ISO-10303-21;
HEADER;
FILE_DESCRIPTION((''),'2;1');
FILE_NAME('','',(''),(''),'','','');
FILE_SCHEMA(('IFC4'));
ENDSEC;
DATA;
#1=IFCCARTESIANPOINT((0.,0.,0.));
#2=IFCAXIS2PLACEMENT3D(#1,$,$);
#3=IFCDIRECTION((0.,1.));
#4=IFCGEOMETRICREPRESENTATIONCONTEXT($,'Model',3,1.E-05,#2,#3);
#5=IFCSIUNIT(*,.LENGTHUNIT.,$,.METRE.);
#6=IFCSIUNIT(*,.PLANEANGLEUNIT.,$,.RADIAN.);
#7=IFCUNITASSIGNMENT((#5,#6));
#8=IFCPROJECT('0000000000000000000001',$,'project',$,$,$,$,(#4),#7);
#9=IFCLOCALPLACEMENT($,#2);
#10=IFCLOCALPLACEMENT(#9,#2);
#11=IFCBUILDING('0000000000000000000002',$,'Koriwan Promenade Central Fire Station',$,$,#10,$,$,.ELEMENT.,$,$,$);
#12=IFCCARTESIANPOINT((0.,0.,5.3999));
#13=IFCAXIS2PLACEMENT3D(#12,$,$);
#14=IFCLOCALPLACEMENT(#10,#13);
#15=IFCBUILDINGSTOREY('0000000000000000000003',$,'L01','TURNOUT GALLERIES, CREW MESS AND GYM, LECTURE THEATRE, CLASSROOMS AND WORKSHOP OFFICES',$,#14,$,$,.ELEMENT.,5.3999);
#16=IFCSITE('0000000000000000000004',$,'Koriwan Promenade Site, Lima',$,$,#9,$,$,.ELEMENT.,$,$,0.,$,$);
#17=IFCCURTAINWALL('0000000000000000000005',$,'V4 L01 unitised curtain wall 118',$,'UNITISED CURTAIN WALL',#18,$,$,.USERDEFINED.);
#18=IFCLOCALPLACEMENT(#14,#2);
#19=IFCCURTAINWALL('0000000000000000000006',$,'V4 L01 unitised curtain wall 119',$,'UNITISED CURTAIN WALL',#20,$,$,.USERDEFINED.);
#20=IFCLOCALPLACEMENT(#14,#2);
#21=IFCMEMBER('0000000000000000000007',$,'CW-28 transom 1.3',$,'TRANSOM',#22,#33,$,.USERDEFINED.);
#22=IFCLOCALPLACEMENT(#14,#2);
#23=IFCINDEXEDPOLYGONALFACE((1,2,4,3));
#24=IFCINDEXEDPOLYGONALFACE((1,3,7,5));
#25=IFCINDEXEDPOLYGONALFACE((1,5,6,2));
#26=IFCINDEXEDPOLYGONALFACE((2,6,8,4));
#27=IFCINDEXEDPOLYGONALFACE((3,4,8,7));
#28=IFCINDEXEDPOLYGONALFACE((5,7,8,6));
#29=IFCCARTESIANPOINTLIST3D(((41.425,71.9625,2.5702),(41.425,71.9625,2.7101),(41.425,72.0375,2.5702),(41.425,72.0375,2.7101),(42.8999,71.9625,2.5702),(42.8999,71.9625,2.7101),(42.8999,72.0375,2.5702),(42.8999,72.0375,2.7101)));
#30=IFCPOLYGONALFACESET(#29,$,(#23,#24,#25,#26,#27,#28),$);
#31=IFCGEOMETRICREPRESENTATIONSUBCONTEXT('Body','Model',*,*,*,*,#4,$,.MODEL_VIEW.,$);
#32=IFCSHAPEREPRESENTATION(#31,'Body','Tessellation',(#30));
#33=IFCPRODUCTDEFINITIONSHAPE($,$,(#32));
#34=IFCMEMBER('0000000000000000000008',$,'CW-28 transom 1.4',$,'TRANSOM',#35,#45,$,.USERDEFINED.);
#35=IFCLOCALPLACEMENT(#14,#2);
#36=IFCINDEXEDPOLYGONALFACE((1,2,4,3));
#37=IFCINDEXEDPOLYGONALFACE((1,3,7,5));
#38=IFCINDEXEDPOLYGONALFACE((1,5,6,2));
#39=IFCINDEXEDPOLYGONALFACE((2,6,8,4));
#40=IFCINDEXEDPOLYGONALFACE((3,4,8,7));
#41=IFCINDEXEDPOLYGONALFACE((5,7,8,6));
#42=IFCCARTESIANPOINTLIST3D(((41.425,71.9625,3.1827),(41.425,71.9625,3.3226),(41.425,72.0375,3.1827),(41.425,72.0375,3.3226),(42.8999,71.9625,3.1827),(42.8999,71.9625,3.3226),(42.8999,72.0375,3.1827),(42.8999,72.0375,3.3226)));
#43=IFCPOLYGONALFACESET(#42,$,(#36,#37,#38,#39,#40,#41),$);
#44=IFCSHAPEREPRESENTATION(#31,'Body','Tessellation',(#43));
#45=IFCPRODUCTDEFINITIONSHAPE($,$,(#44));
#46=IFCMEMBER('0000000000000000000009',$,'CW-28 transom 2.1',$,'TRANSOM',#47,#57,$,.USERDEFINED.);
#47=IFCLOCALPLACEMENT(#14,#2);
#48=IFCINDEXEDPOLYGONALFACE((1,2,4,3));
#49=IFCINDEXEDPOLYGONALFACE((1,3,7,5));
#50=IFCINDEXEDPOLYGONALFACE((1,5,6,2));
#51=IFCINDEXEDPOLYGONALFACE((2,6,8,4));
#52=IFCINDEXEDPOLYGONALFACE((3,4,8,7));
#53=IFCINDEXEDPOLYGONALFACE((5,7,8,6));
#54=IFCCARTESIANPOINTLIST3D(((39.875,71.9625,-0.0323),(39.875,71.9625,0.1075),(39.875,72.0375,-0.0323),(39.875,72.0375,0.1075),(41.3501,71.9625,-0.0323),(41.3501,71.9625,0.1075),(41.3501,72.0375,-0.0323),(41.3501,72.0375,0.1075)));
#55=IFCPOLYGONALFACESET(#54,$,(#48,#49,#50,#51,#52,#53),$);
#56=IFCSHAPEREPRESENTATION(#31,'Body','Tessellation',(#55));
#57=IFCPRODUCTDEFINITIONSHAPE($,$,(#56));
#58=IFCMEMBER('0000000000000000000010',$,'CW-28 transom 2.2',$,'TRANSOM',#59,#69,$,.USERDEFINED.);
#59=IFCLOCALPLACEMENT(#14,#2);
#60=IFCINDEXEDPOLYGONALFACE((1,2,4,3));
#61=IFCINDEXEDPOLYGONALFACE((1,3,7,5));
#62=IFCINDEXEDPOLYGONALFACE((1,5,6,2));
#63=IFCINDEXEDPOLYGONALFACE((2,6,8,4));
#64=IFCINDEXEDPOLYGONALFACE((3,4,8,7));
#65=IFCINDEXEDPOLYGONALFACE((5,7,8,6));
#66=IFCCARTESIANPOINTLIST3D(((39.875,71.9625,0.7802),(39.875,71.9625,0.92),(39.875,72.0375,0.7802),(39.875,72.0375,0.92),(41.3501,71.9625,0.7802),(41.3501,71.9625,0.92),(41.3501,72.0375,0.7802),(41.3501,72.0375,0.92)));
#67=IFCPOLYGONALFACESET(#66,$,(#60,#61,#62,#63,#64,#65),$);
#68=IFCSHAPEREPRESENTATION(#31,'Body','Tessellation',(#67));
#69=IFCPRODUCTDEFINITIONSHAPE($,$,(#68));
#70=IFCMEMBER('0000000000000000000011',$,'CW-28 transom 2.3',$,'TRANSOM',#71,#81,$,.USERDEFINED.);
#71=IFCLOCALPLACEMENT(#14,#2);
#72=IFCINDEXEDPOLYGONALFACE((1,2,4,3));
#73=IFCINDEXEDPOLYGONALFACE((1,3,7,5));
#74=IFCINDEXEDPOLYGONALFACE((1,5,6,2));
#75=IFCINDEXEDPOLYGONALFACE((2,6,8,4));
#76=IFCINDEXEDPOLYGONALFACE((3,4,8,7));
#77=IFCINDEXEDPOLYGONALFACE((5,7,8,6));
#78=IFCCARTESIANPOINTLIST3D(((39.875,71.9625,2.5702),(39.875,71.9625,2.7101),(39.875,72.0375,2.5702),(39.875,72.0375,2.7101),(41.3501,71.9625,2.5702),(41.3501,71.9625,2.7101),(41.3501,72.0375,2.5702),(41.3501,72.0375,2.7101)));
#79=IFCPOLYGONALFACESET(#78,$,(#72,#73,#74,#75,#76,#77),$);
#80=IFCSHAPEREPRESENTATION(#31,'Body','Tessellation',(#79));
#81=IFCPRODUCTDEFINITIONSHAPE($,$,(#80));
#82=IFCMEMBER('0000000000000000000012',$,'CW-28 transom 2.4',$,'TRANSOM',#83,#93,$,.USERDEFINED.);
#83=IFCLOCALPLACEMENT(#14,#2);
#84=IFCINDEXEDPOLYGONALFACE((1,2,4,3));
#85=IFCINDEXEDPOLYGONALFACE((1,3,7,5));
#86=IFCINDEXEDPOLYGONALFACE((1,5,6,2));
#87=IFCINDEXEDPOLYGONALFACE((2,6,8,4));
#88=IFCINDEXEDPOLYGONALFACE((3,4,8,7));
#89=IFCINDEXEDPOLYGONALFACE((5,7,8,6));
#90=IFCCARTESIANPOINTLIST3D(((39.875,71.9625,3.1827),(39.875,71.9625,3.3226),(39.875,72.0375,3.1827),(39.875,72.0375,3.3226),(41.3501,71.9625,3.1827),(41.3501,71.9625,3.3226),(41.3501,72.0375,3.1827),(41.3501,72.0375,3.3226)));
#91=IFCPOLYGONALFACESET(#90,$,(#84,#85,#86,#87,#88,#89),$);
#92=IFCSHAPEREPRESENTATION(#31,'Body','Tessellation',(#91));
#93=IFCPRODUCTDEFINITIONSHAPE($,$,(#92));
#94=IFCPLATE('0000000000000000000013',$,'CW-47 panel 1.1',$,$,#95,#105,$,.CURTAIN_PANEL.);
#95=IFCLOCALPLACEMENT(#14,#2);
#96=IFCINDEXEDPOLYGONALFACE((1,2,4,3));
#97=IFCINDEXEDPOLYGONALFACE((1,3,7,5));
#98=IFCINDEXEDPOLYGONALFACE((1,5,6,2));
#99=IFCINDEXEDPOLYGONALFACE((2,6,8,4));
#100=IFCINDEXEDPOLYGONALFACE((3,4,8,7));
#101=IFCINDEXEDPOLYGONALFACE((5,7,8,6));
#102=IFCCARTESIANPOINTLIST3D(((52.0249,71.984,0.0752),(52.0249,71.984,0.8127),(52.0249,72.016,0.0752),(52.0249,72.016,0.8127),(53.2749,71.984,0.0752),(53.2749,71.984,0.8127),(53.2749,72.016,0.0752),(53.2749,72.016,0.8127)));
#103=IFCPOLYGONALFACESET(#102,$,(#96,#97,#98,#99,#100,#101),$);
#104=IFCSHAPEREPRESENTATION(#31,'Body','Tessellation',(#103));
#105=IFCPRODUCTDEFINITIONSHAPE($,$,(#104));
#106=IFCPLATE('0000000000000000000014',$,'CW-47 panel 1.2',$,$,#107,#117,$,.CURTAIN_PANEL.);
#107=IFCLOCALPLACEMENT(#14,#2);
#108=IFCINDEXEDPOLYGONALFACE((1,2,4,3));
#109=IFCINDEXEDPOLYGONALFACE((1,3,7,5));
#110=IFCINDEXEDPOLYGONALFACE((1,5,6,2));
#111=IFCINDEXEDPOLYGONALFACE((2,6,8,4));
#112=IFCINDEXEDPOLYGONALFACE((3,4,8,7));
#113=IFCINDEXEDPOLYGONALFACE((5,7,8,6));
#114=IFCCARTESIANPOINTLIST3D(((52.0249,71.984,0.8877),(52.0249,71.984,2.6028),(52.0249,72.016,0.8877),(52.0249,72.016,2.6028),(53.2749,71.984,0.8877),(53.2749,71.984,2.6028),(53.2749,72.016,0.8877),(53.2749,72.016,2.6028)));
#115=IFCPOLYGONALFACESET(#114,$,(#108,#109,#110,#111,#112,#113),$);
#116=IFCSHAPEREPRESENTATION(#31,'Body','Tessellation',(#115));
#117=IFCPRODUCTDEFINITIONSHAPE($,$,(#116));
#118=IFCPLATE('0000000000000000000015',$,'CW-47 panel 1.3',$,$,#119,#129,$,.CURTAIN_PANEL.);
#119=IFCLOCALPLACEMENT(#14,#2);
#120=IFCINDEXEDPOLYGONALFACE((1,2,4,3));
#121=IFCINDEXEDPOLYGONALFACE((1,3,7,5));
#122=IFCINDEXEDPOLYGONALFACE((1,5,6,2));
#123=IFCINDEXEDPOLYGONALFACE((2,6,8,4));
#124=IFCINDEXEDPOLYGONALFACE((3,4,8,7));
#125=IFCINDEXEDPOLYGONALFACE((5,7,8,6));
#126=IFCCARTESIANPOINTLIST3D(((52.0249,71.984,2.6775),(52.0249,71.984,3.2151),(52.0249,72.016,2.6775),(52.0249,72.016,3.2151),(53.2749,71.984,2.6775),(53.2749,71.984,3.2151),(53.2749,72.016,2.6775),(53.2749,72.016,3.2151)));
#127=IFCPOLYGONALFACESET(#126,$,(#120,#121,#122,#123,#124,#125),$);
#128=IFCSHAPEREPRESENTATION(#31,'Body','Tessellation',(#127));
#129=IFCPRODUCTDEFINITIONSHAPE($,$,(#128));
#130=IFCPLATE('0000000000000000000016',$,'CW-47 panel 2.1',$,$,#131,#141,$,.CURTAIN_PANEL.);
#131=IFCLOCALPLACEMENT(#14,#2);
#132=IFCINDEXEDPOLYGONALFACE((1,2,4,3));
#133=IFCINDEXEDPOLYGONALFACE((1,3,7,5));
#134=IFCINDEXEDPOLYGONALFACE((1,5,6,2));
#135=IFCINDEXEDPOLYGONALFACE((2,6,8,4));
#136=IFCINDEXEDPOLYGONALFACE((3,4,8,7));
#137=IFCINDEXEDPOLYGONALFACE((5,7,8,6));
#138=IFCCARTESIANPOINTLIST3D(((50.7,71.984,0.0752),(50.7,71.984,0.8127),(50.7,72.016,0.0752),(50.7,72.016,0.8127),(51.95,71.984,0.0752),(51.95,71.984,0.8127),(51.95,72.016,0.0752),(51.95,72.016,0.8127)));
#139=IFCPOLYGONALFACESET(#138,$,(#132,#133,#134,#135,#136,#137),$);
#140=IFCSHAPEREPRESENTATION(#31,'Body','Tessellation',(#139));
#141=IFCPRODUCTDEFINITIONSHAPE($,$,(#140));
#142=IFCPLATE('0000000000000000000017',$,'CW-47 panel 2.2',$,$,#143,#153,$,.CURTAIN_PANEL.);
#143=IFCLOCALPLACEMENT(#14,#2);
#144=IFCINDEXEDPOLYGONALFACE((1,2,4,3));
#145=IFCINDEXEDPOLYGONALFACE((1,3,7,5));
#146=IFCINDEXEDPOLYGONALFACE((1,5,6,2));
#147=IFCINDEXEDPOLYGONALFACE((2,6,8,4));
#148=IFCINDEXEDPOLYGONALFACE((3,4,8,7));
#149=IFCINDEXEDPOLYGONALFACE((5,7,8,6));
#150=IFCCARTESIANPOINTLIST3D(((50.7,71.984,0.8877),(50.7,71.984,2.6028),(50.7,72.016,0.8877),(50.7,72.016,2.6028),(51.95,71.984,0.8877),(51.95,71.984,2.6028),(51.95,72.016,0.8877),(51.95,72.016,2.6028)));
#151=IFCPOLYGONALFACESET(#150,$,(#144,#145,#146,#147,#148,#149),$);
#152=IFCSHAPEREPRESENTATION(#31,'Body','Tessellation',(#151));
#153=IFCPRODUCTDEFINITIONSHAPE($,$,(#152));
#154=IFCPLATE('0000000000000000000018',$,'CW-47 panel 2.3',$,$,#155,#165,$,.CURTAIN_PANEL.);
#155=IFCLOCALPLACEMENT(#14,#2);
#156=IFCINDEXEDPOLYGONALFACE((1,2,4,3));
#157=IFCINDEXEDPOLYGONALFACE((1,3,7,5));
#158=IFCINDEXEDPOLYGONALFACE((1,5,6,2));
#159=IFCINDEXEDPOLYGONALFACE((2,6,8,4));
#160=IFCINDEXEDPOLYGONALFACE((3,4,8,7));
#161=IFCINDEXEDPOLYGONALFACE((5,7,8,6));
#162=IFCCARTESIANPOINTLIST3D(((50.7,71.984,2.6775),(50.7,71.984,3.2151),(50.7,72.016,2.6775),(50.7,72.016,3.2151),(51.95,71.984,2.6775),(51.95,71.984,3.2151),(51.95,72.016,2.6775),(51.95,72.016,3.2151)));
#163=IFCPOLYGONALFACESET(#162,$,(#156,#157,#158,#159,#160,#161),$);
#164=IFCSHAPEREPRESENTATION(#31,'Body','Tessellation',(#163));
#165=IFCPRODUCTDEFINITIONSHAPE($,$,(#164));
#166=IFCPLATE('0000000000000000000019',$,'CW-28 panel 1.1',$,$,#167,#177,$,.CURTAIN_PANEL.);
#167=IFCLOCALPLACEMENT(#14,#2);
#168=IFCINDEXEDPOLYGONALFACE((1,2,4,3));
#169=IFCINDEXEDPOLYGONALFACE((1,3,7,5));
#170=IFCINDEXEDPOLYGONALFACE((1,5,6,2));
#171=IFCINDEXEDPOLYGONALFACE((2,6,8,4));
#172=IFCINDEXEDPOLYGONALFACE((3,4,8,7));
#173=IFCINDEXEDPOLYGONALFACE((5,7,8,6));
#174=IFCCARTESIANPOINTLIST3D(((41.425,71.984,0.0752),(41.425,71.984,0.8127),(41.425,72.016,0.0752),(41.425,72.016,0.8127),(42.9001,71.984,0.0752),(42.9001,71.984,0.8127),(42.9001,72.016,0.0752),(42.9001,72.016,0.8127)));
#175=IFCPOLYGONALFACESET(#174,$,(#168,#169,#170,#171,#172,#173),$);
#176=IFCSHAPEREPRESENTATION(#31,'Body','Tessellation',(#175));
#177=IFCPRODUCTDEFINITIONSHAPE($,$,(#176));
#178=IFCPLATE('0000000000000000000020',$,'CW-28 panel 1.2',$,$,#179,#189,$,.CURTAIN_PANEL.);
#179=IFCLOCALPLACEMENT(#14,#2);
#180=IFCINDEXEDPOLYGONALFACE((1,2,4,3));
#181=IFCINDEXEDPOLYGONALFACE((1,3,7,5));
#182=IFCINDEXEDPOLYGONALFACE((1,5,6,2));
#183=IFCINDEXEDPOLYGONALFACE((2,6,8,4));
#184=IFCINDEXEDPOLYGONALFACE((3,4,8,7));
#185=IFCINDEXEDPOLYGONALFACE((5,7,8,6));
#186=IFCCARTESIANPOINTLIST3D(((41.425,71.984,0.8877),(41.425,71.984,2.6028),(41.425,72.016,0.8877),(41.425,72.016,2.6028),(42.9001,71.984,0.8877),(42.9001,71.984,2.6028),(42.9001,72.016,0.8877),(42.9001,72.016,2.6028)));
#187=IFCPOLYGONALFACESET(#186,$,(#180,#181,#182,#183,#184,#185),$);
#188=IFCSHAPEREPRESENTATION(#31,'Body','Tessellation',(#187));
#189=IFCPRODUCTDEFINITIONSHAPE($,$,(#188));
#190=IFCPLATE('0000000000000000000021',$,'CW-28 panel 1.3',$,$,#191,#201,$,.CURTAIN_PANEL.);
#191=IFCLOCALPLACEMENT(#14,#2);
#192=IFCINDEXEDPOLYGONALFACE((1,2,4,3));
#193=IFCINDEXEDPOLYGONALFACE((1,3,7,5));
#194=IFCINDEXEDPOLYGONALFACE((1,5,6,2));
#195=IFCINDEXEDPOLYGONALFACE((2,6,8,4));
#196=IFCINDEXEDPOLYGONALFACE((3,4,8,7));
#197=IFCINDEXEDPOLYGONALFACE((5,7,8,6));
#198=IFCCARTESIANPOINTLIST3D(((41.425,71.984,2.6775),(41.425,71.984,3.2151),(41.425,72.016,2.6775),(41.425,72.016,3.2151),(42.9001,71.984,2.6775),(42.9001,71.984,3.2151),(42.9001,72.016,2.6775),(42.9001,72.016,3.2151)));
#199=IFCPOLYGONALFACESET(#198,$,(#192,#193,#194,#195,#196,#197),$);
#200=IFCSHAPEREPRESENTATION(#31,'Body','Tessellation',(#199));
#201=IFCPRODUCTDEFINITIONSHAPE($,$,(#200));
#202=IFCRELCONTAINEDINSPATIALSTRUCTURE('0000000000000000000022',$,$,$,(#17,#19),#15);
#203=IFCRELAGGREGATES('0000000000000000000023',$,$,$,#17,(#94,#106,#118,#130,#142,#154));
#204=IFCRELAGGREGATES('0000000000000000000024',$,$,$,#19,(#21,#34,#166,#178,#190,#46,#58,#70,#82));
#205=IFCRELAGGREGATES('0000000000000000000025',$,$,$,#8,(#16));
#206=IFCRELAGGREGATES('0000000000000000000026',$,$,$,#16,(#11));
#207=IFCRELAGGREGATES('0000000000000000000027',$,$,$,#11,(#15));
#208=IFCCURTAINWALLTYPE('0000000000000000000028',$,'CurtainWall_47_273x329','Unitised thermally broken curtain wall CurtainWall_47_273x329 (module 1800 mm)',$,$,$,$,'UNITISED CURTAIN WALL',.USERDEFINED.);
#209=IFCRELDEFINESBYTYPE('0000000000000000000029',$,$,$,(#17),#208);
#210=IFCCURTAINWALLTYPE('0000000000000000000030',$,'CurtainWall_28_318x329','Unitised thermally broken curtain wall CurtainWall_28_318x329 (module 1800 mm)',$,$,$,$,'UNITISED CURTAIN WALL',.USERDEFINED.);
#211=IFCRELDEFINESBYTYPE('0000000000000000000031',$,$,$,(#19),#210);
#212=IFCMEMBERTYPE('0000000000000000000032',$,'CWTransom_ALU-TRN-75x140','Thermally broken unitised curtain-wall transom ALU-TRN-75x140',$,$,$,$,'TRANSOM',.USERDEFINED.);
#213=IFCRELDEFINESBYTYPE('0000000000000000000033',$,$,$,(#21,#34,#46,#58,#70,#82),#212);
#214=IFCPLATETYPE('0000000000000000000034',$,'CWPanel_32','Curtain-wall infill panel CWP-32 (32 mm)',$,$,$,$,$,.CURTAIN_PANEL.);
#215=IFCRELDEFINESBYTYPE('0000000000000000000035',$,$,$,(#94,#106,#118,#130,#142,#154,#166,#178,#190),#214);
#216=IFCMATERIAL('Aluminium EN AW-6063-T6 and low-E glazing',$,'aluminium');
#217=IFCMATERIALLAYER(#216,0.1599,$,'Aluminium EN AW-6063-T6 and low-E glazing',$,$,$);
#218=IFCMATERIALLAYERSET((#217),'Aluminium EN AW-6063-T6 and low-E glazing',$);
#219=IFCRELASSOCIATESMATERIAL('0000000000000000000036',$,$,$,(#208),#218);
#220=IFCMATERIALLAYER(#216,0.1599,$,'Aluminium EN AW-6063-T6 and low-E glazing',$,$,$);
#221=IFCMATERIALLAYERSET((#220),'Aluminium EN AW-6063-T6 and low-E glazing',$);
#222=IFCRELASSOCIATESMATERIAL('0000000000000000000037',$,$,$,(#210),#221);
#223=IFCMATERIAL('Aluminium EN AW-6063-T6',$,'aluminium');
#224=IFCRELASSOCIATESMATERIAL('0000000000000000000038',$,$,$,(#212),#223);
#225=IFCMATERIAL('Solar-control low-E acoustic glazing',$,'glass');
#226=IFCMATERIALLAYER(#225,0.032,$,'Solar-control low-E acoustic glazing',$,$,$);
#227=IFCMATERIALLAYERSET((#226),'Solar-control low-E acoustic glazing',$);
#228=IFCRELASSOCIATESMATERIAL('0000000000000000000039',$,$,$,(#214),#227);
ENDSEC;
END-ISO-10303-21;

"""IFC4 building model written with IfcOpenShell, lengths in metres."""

from ifc_helpers import new_model, si_unit, direction, frame, origin, origin_2d, place, context, subcontext, project, spatial, rectangle, extrude, material, layer, layer_set, material_profile, profile_set, type_object, element, aggregate, save


model = new_model("IFC4")

# Units and contexts
model_context = context("Model", 3, precision=1e-05, world=origin(), true_north=direction((0.0, 1.0)))
body_context = subcontext(model_context, "Body", "Model", "MODEL_VIEW")
ifc_project = project(units=[si_unit("LENGTHUNIT", "METRE"), si_unit("PLANEANGLEUNIT", "RADIAN")], contexts=[model_context])

# Site, building, storey
site_placement = place(None, origin())
site = spatial("IfcSite", under=ifc_project, at=site_placement, Name="Koriwan Promenade Site, Lima", CompositionType="ELEMENT", RefElevation=0.0)
building_placement = place(site_placement, origin())
building = spatial("IfcBuilding", under=site, at=building_placement, Name="Koriwan Promenade Central Fire Station", CompositionType="ELEMENT")
storey_placement = place(building_placement, frame((0.0, 0.0, 5.3999)))
storey = spatial("IfcBuildingStorey", under=building, at=storey_placement, Name="L01", Description="TURNOUT GALLERIES, CREW MESS AND GYM, LECTURE THEATRE, CLASSROOMS AND WORKSHOP OFFICES", CompositionType="ELEMENT", Elevation=5.3999)

# Curtain walls
ifc_material_1 = material(Name="Aluminium EN AW-6063-T6 and low-E glazing", Category="aluminium")
ifc_layer_1 = layer(ifc_material_1, 0.1599, Name="Aluminium EN AW-6063-T6 and low-E glazing")
ifc_layer_set_1 = layer_set([ifc_layer_1], Name="Aluminium EN AW-6063-T6 and low-E glazing")
curtain_wall_type_1 = type_object("IfcCurtainWallType", Name="CurtainWall_47_273x329", Description="Unitised thermally broken curtain wall CurtainWall_47_273x329 (module 1800 mm)", ElementType="UNITISED CURTAIN WALL", PredefinedType="USERDEFINED", material=ifc_layer_set_1)
curtain_wall_1_placement = place(storey_placement, origin())
curtain_wall_1 = element("IfcCurtainWall", 1, at=curtain_wall_1_placement, inside=storey, type_object=curtain_wall_type_1, Name="V4 L01 unitised curtain wall 118", ObjectType="UNITISED CURTAIN WALL", PredefinedType="USERDEFINED")
ifc_material_2 = material(Name="Aluminium EN AW-6063-T6", Category="aluminium")
ifc_layer_2 = layer(ifc_material_1, 0.1599, Name="Aluminium EN AW-6063-T6 and low-E glazing")
ifc_layer_set_2 = layer_set([ifc_layer_2], Name="Aluminium EN AW-6063-T6 and low-E glazing")
curtain_wall_type_2 = type_object("IfcCurtainWallType", Name="CurtainWall_28_318x329", Description="Unitised thermally broken curtain wall CurtainWall_28_318x329 (module 1800 mm)", ElementType="UNITISED CURTAIN WALL", PredefinedType="USERDEFINED", material=ifc_layer_set_2)
curtain_wall_2_placement = place(storey_placement, origin())
curtain_wall_2 = element("IfcCurtainWall", 2, at=curtain_wall_2_placement, inside=storey, type_object=curtain_wall_type_2, Name="V4 L01 unitised curtain wall 119", ObjectType="UNITISED CURTAIN WALL", PredefinedType="USERDEFINED")

# Members
ifc_material_profile_1 = material_profile(ifc_material_2, rectangle(XDim=0.075, YDim=0.1399, at=origin_2d()), Name="ALU-TRN-75x140")
ifc_profile_set_1 = profile_set([ifc_material_profile_1], Name="Aluminium EN AW-6063-T6")
member_type_1 = type_object("IfcMemberType", Name="CWTransom_ALU-TRN-75x140", Description="Thermally broken unitised curtain-wall transom ALU-TRN-75x140", ElementType="TRANSOM", PredefinedType="USERDEFINED", material=ifc_profile_set_1)
member_1_placement = place(storey_placement, frame((42.8999, 72.0, 2.6401), z_axis=(-1.0, 0.0, 0.0), x_axis=(0.0, -1.0, 0.0)))
member_1 = element("IfcMember", 3, at=member_1_placement, type_object=member_type_1, Name="CW-28 transom 1.3", ObjectType="TRANSOM", PredefinedType="USERDEFINED", context=body_context, shape_type="SweptSolid", body=[
    extrude(rectangle(XDim=0.075, YDim=0.1399, at=origin_2d()), origin(), (0.0, 0.0, 1.0), 1.4749),
])
member_2_placement = place(storey_placement, frame((42.8999, 72.0, 3.2527), z_axis=(-1.0, 0.0, 0.0), x_axis=(0.0, -1.0, 0.0)))
member_2 = element("IfcMember", 4, at=member_2_placement, type_object=member_type_1, Name="CW-28 transom 1.4", ObjectType="TRANSOM", PredefinedType="USERDEFINED", context=body_context, shape_type="SweptSolid", body=[
    extrude(rectangle(XDim=0.075, YDim=0.1399, at=origin_2d()), origin(), (0.0, 0.0, 1.0), 1.4749),
])
member_3_placement = place(storey_placement, frame((41.3501, 72.0, 0.0376), z_axis=(-1.0, 0.0, 0.0), x_axis=(0.0, -1.0, 0.0)))
member_3 = element("IfcMember", 5, at=member_3_placement, type_object=member_type_1, Name="CW-28 transom 2.1", ObjectType="TRANSOM", PredefinedType="USERDEFINED", context=body_context, shape_type="SweptSolid", body=[
    extrude(rectangle(XDim=0.075, YDim=0.1399, at=origin_2d()), origin(), (0.0, 0.0, 1.0), 1.4751),
])
member_4_placement = place(storey_placement, frame((41.3501, 72.0, 0.8501), z_axis=(-1.0, 0.0, 0.0), x_axis=(0.0, -1.0, 0.0)))
member_4 = element("IfcMember", 6, at=member_4_placement, type_object=member_type_1, Name="CW-28 transom 2.2", ObjectType="TRANSOM", PredefinedType="USERDEFINED", context=body_context, shape_type="SweptSolid", body=[
    extrude(rectangle(XDim=0.075, YDim=0.1399, at=origin_2d()), origin(), (0.0, 0.0, 1.0), 1.4751),
])
member_5_placement = place(storey_placement, frame((41.3501, 72.0, 2.6401), z_axis=(-1.0, 0.0, 0.0), x_axis=(0.0, -1.0, 0.0)))
member_5 = element("IfcMember", 7, at=member_5_placement, type_object=member_type_1, Name="CW-28 transom 2.3", ObjectType="TRANSOM", PredefinedType="USERDEFINED", context=body_context, shape_type="SweptSolid", body=[
    extrude(rectangle(XDim=0.075, YDim=0.1399, at=origin_2d()), origin(), (0.0, 0.0, 1.0), 1.4751),
])
member_6_placement = place(storey_placement, frame((41.3501, 72.0, 3.2527), z_axis=(-1.0, 0.0, 0.0), x_axis=(0.0, -1.0, 0.0)))
member_6 = element("IfcMember", 8, at=member_6_placement, type_object=member_type_1, Name="CW-28 transom 2.4", ObjectType="TRANSOM", PredefinedType="USERDEFINED", context=body_context, shape_type="SweptSolid", body=[
    extrude(rectangle(XDim=0.075, YDim=0.1399, at=origin_2d()), origin(), (0.0, 0.0, 1.0), 1.4751),
])

# Plates
ifc_material_3 = material(Name="Solar-control low-E acoustic glazing", Category="glass")
ifc_layer_3 = layer(ifc_material_3, 0.032, Name="Solar-control low-E acoustic glazing")
ifc_layer_set_3 = layer_set([ifc_layer_3], Name="Solar-control low-E acoustic glazing")
plate_type_1 = type_object("IfcPlateType", Name="CWPanel_32", Description="Curtain-wall infill panel CWP-32 (32 mm)", PredefinedType="CURTAIN_PANEL", material=ifc_layer_set_3)
plate_1_placement = place(storey_placement, frame((52.6499, 72.0, 0.0752), z_axis=(0.0, 0.0, 1.0), x_axis=(-1.0, 0.0, 0.0)))
plate_1 = element("IfcPlate", 9, at=plate_1_placement, type_object=plate_type_1, Name="CW-47 panel 1.1", PredefinedType="CURTAIN_PANEL", context=body_context, shape_type="SweptSolid", body=[
    extrude(rectangle(XDim=1.25, YDim=0.032, at=origin_2d()), origin(), (0.0, 0.0, 1.0), 0.7375),
])
plate_2_placement = place(storey_placement, frame((52.6499, 72.0, 0.8877), z_axis=(0.0, 0.0, 1.0), x_axis=(-1.0, 0.0, 0.0)))
plate_2 = element("IfcPlate", 10, at=plate_2_placement, type_object=plate_type_1, Name="CW-47 panel 1.2", PredefinedType="CURTAIN_PANEL", context=body_context, shape_type="SweptSolid", body=[
    extrude(rectangle(XDim=1.25, YDim=0.032, at=origin_2d()), origin(), (0.0, 0.0, 1.0), 1.7151),
])
plate_3_placement = place(storey_placement, frame((52.6499, 72.0, 2.6775), z_axis=(0.0, 0.0, 1.0), x_axis=(-1.0, 0.0, 0.0)))
plate_3 = element("IfcPlate", 11, at=plate_3_placement, type_object=plate_type_1, Name="CW-47 panel 1.3", PredefinedType="CURTAIN_PANEL", context=body_context, shape_type="SweptSolid", body=[
    extrude(rectangle(XDim=1.25, YDim=0.032, at=origin_2d()), origin(), (0.0, 0.0, 1.0), 0.5376),
])
plate_4_placement = place(storey_placement, frame((51.325, 72.0, 0.0752), z_axis=(0.0, 0.0, 1.0), x_axis=(-1.0, 0.0, 0.0)))
plate_4 = element("IfcPlate", 12, at=plate_4_placement, type_object=plate_type_1, Name="CW-47 panel 2.1", PredefinedType="CURTAIN_PANEL", context=body_context, shape_type="SweptSolid", body=[
    extrude(rectangle(XDim=1.25, YDim=0.032, at=origin_2d()), origin(), (0.0, 0.0, 1.0), 0.7375),
])
plate_5_placement = place(storey_placement, frame((51.325, 72.0, 0.8877), z_axis=(0.0, 0.0, 1.0), x_axis=(-1.0, 0.0, 0.0)))
plate_5 = element("IfcPlate", 13, at=plate_5_placement, type_object=plate_type_1, Name="CW-47 panel 2.2", PredefinedType="CURTAIN_PANEL", context=body_context, shape_type="SweptSolid", body=[
    extrude(rectangle(XDim=1.25, YDim=0.032, at=origin_2d()), origin(), (0.0, 0.0, 1.0), 1.7151),
])
plate_6_placement = place(storey_placement, frame((51.325, 72.0, 2.6775), z_axis=(0.0, 0.0, 1.0), x_axis=(-1.0, 0.0, 0.0)))
plate_6 = element("IfcPlate", 14, at=plate_6_placement, type_object=plate_type_1, Name="CW-47 panel 2.3", PredefinedType="CURTAIN_PANEL", context=body_context, shape_type="SweptSolid", body=[
    extrude(rectangle(XDim=1.25, YDim=0.032, at=origin_2d()), origin(), (0.0, 0.0, 1.0), 0.5376),
])
aggregate(curtain_wall_1, [plate_1, plate_2, plate_3, plate_4, plate_5, plate_6])
plate_7_placement = place(storey_placement, frame((42.1626, 72.0, 0.0752), z_axis=(0.0, 0.0, 1.0), x_axis=(-1.0, 0.0, 0.0)))
plate_7 = element("IfcPlate", 15, at=plate_7_placement, type_object=plate_type_1, Name="CW-28 panel 1.1", PredefinedType="CURTAIN_PANEL", context=body_context, shape_type="SweptSolid", body=[
    extrude(rectangle(XDim=1.4751, YDim=0.032, at=origin_2d()), origin(), (0.0, 0.0, 1.0), 0.7375),
])
plate_8_placement = place(storey_placement, frame((42.1626, 72.0, 0.8877), z_axis=(0.0, 0.0, 1.0), x_axis=(-1.0, 0.0, 0.0)))
plate_8 = element("IfcPlate", 16, at=plate_8_placement, type_object=plate_type_1, Name="CW-28 panel 1.2", PredefinedType="CURTAIN_PANEL", context=body_context, shape_type="SweptSolid", body=[
    extrude(rectangle(XDim=1.4751, YDim=0.032, at=origin_2d()), origin(), (0.0, 0.0, 1.0), 1.7151),
])
plate_9_placement = place(storey_placement, frame((42.1626, 72.0, 2.6775), z_axis=(0.0, 0.0, 1.0), x_axis=(-1.0, 0.0, 0.0)))
plate_9 = element("IfcPlate", 17, at=plate_9_placement, type_object=plate_type_1, Name="CW-28 panel 1.3", PredefinedType="CURTAIN_PANEL", context=body_context, shape_type="SweptSolid", body=[
    extrude(rectangle(XDim=1.4751, YDim=0.032, at=origin_2d()), origin(), (0.0, 0.0, 1.0), 0.5376),
])
aggregate(curtain_wall_2, [member_1, member_2, plate_7, plate_8, plate_9, member_3, member_4, member_5, member_6])

save(model, "model.ifc")
